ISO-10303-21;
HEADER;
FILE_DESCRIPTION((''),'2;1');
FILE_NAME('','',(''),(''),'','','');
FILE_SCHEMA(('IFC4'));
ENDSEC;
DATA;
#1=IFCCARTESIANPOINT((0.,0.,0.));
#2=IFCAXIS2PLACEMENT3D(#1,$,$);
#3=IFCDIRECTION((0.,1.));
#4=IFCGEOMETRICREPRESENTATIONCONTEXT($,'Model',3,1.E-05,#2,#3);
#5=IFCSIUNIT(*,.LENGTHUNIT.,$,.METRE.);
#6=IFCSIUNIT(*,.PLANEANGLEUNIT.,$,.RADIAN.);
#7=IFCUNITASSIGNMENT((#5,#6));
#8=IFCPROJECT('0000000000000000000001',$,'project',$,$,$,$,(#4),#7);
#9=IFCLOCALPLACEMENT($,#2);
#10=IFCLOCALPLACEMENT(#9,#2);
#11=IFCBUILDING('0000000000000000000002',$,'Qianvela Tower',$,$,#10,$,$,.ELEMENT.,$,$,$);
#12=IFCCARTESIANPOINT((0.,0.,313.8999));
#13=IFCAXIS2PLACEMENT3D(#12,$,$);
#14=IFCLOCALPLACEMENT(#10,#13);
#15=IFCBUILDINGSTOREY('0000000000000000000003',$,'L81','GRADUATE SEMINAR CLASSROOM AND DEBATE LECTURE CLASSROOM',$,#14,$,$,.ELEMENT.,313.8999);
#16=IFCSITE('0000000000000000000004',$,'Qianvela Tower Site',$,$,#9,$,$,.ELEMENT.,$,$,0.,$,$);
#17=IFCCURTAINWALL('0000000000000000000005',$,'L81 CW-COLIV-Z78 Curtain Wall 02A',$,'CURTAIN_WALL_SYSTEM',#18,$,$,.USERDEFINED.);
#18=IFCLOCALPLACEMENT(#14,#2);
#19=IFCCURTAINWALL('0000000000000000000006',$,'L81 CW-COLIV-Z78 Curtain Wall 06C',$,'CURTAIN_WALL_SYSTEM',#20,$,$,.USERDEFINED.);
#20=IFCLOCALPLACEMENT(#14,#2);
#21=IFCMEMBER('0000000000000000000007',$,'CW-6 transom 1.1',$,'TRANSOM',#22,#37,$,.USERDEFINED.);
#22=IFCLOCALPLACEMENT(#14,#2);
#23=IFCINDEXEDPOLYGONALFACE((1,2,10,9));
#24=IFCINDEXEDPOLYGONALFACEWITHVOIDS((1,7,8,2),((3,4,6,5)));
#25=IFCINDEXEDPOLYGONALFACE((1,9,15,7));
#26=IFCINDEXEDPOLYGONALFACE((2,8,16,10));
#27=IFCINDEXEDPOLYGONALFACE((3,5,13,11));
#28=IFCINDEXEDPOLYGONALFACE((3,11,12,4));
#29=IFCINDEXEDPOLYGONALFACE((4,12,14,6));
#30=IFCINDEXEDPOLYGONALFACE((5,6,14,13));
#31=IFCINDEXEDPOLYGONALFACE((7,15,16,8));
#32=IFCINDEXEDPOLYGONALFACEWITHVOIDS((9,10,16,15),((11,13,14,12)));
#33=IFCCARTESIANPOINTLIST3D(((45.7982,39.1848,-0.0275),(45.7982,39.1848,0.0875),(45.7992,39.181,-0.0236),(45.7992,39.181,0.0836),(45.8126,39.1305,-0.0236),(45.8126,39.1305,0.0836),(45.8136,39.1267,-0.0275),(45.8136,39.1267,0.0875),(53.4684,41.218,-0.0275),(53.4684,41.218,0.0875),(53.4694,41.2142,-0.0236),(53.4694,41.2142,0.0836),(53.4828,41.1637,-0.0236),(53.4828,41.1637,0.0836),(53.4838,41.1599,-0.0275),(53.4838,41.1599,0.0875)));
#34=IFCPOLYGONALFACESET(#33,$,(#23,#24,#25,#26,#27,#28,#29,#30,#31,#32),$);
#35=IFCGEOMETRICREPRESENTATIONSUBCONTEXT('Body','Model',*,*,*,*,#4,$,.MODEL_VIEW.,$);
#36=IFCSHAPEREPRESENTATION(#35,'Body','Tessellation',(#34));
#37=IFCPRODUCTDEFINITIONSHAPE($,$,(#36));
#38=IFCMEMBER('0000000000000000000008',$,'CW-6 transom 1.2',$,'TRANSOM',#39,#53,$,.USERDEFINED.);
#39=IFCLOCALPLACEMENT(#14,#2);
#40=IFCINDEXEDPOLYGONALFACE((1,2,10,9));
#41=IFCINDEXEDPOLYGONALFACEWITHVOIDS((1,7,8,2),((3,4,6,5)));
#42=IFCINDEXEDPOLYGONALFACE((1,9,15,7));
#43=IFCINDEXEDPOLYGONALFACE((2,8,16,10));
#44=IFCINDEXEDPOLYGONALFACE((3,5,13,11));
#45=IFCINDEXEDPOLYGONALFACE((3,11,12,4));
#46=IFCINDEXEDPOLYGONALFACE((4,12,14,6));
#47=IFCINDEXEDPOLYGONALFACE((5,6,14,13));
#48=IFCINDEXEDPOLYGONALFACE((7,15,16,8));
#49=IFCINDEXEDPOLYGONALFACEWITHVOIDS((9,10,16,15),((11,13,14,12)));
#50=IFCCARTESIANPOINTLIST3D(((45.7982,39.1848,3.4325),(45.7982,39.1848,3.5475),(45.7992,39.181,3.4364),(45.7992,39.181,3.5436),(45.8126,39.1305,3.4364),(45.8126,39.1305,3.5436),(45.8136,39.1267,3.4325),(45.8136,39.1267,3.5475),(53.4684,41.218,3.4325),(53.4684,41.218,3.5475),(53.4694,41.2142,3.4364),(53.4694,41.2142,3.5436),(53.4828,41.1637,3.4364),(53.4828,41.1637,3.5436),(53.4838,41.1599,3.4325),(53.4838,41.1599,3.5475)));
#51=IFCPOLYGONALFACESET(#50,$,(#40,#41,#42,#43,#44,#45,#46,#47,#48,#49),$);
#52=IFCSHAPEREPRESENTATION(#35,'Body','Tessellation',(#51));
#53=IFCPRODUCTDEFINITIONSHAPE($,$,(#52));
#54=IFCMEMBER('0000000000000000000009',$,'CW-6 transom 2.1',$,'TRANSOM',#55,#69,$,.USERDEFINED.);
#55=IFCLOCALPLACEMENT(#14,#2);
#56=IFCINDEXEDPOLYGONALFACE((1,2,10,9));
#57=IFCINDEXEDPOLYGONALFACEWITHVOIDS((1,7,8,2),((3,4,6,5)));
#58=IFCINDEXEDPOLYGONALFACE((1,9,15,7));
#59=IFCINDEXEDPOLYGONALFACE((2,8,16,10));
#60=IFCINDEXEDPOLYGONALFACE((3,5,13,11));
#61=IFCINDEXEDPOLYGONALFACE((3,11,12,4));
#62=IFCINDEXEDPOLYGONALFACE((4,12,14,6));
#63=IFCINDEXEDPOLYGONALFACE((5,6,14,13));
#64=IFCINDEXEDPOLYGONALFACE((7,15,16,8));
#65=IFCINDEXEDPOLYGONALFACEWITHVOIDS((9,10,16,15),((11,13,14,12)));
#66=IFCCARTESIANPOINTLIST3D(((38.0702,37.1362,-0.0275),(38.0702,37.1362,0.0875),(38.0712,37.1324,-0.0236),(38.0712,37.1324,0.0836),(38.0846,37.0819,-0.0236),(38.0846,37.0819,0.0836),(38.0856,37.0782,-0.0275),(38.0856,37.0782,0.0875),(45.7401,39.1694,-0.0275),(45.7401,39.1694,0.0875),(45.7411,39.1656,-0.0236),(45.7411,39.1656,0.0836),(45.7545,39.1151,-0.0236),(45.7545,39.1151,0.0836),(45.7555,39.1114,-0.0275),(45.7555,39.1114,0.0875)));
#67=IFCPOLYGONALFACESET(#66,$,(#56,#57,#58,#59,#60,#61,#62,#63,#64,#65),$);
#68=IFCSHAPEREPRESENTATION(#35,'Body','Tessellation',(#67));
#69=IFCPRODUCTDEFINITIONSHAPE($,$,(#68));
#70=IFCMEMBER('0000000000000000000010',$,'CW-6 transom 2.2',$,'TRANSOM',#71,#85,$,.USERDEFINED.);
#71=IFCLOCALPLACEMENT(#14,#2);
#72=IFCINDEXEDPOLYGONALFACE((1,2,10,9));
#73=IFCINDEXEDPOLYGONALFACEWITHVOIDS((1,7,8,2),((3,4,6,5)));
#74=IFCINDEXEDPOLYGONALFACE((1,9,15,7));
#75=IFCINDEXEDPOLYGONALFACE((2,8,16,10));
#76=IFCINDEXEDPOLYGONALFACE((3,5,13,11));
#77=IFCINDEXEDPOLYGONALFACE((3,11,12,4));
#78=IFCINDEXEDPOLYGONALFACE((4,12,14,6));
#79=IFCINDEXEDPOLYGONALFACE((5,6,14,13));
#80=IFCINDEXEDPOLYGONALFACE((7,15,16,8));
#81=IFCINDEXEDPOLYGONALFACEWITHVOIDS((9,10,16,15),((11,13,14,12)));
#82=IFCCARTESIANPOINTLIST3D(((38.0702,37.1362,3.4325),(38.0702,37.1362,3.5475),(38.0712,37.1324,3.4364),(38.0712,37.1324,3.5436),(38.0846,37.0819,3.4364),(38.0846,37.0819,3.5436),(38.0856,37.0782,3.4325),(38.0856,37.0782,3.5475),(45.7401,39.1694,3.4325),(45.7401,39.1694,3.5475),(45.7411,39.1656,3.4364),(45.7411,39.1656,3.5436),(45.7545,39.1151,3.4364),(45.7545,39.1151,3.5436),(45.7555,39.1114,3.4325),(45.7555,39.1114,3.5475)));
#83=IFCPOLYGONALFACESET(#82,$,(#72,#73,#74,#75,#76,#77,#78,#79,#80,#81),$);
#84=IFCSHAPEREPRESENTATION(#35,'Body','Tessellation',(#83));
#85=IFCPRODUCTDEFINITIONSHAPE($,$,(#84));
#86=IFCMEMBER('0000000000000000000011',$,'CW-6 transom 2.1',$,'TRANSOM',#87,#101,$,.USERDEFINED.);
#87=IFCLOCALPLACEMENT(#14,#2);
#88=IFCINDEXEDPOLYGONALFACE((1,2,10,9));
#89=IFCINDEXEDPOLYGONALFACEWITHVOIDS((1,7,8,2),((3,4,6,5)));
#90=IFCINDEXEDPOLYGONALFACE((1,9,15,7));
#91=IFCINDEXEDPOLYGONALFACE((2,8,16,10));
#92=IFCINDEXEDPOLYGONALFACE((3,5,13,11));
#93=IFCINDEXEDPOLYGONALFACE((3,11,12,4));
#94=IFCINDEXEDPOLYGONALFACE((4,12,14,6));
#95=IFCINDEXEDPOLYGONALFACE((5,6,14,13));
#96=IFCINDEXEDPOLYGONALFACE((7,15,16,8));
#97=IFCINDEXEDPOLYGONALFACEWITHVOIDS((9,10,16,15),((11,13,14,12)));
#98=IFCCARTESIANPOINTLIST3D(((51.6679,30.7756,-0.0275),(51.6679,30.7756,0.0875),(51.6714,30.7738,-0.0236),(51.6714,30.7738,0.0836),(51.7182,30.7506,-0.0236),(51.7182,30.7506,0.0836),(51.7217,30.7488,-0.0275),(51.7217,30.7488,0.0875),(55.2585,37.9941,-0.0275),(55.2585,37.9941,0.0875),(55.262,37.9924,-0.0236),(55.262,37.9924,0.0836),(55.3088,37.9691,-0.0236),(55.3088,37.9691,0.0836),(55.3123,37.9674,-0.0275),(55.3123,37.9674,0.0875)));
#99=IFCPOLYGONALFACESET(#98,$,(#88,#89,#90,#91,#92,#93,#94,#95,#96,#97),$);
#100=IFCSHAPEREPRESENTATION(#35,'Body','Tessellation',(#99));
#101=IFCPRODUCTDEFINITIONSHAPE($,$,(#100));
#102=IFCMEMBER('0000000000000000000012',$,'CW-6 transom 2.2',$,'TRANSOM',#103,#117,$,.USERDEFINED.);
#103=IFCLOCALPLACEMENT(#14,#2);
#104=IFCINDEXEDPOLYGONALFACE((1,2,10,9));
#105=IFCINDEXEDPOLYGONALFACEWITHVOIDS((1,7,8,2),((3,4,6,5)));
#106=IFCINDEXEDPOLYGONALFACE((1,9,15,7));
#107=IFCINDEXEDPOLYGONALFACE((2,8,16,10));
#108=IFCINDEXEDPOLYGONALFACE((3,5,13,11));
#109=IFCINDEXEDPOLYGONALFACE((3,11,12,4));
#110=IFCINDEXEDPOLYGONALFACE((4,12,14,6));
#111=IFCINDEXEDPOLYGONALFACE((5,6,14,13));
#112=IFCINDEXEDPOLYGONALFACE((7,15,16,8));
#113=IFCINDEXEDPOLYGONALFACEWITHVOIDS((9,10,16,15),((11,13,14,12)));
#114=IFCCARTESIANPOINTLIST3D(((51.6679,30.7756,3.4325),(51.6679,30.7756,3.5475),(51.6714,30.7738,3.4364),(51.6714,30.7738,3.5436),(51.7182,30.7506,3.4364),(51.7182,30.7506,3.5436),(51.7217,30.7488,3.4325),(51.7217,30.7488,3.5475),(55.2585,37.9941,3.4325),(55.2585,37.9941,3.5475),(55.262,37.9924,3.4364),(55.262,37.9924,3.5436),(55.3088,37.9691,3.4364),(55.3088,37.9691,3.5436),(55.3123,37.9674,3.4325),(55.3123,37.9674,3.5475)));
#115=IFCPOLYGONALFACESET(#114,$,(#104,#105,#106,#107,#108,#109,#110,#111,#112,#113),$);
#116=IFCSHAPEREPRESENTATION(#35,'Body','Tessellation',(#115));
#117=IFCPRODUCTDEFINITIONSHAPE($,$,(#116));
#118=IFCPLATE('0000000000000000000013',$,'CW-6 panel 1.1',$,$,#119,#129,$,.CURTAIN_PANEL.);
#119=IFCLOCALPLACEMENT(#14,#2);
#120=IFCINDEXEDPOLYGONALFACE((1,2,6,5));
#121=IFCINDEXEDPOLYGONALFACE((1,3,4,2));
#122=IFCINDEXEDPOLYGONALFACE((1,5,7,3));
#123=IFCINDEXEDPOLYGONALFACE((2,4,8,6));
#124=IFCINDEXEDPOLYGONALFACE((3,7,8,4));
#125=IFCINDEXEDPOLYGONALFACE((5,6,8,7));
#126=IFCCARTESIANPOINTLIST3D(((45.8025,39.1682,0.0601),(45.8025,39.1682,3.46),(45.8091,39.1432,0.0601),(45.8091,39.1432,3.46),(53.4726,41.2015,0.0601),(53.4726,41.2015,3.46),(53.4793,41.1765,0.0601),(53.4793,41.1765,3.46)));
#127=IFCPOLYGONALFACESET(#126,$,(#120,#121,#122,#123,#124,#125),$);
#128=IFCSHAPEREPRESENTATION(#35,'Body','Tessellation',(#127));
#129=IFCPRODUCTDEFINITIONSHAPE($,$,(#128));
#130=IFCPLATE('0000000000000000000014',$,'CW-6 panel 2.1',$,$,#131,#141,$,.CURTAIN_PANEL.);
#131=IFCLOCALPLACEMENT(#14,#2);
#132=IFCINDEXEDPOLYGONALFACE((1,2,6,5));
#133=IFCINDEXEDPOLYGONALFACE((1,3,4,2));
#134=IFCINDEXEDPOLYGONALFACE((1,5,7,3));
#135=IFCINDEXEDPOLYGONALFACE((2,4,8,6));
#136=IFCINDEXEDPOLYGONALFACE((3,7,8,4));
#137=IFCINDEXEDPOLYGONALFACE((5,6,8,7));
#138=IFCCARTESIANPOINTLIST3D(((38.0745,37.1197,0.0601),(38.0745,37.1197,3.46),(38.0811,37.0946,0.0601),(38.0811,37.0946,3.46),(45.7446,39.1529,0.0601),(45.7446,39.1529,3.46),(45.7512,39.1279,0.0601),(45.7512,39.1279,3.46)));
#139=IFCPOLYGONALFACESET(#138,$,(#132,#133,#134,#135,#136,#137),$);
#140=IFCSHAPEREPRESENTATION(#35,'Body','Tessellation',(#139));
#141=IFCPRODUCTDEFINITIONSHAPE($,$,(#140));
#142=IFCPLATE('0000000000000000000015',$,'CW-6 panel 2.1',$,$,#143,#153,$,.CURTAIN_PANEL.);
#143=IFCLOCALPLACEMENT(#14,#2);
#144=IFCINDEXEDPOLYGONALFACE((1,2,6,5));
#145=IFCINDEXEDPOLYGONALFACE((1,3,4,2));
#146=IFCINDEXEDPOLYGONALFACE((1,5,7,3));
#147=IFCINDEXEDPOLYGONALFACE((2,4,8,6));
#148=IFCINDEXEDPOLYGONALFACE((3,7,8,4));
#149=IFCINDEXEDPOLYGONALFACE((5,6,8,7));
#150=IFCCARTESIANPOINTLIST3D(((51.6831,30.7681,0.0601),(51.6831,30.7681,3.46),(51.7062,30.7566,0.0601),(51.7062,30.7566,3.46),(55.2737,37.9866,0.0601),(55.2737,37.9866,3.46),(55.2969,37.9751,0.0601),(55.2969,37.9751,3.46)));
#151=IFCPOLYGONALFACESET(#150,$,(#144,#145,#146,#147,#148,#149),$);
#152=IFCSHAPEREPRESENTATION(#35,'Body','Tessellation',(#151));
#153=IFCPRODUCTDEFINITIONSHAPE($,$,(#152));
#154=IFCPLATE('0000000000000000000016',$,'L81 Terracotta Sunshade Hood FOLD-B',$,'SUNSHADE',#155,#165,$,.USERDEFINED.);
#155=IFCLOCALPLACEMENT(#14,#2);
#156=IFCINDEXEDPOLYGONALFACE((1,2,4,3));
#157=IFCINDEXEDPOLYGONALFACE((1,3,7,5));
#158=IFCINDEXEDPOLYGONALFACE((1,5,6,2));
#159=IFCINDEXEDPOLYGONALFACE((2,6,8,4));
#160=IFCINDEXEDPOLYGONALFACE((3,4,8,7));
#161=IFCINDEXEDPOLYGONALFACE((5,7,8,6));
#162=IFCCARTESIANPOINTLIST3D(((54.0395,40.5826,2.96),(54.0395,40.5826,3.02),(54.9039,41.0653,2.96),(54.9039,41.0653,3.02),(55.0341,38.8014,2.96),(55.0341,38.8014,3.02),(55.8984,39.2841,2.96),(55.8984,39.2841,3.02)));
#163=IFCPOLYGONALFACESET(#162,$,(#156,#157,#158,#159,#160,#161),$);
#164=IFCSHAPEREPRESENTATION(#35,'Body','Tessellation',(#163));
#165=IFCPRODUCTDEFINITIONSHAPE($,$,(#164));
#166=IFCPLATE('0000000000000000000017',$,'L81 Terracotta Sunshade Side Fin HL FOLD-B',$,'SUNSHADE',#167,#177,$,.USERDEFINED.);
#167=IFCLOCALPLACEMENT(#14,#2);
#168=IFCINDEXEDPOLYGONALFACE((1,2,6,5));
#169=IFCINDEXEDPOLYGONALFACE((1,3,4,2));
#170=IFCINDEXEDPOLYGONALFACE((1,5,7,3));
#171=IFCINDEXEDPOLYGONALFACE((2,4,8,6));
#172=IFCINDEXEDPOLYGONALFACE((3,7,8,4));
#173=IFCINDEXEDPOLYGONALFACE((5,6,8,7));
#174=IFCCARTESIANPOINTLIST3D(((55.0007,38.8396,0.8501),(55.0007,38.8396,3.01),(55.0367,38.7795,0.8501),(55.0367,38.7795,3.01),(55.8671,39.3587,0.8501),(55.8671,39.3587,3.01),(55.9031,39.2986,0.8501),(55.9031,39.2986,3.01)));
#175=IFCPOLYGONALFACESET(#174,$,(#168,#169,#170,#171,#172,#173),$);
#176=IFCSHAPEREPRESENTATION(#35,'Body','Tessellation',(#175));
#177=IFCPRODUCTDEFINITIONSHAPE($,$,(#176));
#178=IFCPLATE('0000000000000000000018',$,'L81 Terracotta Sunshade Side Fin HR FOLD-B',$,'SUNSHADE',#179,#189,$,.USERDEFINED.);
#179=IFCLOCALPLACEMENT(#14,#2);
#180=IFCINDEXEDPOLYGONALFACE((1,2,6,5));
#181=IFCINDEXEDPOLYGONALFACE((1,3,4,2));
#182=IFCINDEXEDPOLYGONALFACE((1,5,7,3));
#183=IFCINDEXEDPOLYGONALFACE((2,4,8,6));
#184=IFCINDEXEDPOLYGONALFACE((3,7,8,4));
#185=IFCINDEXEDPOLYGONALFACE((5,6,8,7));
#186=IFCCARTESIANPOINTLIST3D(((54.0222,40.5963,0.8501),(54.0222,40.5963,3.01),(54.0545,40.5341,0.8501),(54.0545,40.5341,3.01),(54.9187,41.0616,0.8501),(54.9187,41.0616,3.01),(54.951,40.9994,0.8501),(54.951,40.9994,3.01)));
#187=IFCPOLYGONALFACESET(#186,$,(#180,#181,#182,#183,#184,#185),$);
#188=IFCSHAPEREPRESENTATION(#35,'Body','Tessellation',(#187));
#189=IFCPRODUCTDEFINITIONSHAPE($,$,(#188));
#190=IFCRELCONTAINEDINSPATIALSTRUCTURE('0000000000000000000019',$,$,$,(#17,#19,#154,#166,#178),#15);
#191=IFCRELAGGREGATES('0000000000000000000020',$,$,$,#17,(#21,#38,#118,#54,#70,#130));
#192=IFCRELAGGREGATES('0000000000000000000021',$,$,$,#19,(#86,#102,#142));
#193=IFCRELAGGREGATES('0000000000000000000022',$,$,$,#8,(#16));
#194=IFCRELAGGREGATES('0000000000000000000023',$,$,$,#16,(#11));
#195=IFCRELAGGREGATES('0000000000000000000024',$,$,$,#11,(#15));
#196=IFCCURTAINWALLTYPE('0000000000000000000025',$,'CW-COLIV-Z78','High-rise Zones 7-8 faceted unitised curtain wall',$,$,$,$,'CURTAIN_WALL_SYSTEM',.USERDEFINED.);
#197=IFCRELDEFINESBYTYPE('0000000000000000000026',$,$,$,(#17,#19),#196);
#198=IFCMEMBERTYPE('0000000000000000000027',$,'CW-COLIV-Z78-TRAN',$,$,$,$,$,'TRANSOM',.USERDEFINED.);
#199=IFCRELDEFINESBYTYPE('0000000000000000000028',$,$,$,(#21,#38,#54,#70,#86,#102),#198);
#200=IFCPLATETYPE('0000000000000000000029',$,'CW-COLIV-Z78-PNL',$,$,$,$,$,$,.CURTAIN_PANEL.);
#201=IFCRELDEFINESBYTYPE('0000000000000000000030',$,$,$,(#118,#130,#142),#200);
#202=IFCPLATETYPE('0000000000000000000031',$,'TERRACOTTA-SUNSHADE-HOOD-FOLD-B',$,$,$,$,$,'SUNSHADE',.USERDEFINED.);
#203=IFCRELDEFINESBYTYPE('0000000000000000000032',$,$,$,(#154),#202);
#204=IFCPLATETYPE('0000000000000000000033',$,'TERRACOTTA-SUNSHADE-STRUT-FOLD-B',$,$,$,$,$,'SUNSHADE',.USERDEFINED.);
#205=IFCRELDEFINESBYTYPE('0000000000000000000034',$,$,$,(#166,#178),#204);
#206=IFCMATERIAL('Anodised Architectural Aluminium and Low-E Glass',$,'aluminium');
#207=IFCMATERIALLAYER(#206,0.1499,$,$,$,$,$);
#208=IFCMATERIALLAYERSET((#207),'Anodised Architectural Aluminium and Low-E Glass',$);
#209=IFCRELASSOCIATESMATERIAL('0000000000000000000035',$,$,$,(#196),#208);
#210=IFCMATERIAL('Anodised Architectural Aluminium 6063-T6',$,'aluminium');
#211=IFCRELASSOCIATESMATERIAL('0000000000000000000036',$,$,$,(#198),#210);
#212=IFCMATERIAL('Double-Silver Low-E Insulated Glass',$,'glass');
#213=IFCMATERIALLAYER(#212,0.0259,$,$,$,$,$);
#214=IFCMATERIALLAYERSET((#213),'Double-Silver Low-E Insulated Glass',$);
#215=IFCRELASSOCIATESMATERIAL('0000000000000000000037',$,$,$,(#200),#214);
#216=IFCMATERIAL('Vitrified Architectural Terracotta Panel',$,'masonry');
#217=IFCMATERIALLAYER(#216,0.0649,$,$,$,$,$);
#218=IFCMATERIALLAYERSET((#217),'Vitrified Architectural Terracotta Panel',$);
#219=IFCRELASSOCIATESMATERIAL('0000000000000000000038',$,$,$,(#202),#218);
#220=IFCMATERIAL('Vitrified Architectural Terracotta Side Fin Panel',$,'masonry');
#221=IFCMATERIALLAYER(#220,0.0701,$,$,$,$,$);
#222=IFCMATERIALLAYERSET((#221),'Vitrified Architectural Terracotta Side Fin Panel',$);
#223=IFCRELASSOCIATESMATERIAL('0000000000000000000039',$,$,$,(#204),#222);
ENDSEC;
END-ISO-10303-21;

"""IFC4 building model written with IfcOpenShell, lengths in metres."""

from ifc_helpers import new_model, si_unit, direction, frame, origin, origin_2d, place, context, subcontext, project, spatial, rectangle, hollow_rectangle, extrude, material, layer, layer_set, material_profile, profile_set, type_object, element, aggregate, save


model = new_model("IFC4")

# Units and contexts
model_context = context("Model", 3, precision=1e-05, world=origin(), true_north=direction((0.0, 1.0)))
body_context = subcontext(model_context, "Body", "Model", "MODEL_VIEW")
ifc_project = project(units=[si_unit("LENGTHUNIT", "METRE"), si_unit("PLANEANGLEUNIT", "RADIAN")], contexts=[model_context])

# Site, building, storey
site_placement = place(None, origin())
site = spatial("IfcSite", under=ifc_project, at=site_placement, Name="Qianvela Tower Site", CompositionType="ELEMENT", RefElevation=0.0)
building_placement = place(site_placement, origin())
building = spatial("IfcBuilding", under=site, at=building_placement, Name="Qianvela Tower", CompositionType="ELEMENT")
storey_placement = place(building_placement, frame((0.0, 0.0, 313.8999)))
storey = spatial("IfcBuildingStorey", under=building, at=storey_placement, Name="L81", Description="GRADUATE SEMINAR CLASSROOM AND DEBATE LECTURE CLASSROOM", CompositionType="ELEMENT", Elevation=313.8999)

# Curtain walls
ifc_material_1 = material(Name="Anodised Architectural Aluminium and Low-E Glass", Category="aluminium")
ifc_layer_1 = layer(ifc_material_1, 0.1499)
ifc_layer_set_1 = layer_set([ifc_layer_1], Name="Anodised Architectural Aluminium and Low-E Glass")
curtain_wall_type = type_object("IfcCurtainWallType", Name="CW-COLIV-Z78", Description="High-rise Zones 7-8 faceted unitised curtain wall", ElementType="CURTAIN_WALL_SYSTEM", PredefinedType="USERDEFINED", material=ifc_layer_set_1)
curtain_wall_1_placement = place(storey_placement, origin())
curtain_wall_1 = element("IfcCurtainWall", 1, at=curtain_wall_1_placement, inside=storey, type_object=curtain_wall_type, Name="L81 CW-COLIV-Z78 Curtain Wall 02A", ObjectType="CURTAIN_WALL_SYSTEM", PredefinedType="USERDEFINED")
curtain_wall_2_placement = place(storey_placement, origin())
curtain_wall_2 = element("IfcCurtainWall", 2, at=curtain_wall_2_placement, inside=storey, type_object=curtain_wall_type, Name="L81 CW-COLIV-Z78 Curtain Wall 06C", ObjectType="CURTAIN_WALL_SYSTEM", PredefinedType="USERDEFINED")

# Members
ifc_material_2 = material(Name="Anodised Architectural Aluminium 6063-T6", Category="aluminium")
ifc_material_profile_1 = material_profile(ifc_material_2, hollow_rectangle(XDim=0.0601, YDim=0.115, WallThickness=0.0039, at=origin_2d()), Name="ALU-TRAN-60x115")
ifc_profile_set_1 = profile_set([ifc_material_profile_1], Name="Anodised Architectural Aluminium 6063-T6")
member_type_1 = type_object("IfcMemberType", Name="CW-COLIV-Z78-TRAN", ElementType="TRANSOM", PredefinedType="USERDEFINED", material=ifc_profile_set_1)
member_1_placement = place(storey_placement, frame((53.4761, 41.189, 0.03), z_axis=(-0.966616, -0.25623, 0.0), x_axis=(0.25623, -0.966616, 0.0)))
member_1 = element("IfcMember", 3, at=member_1_placement, type_object=member_type_1, Name="CW-6 transom 1.1", ObjectType="TRANSOM", PredefinedType="USERDEFINED", context=body_context, shape_type="SweptSolid", body=[
    extrude(hollow_rectangle(XDim=0.0601, YDim=0.115, WallThickness=0.0039, at=origin_2d()), origin(), (0.0, 0.0, 1.0), 7.9351),
])
member_2_placement = place(storey_placement, frame((53.4761, 41.189, 3.49), z_axis=(-0.966616, -0.25623, 0.0), x_axis=(0.25623, -0.966616, 0.0)))
member_2 = element("IfcMember", 4, at=member_2_placement, type_object=member_type_1, Name="CW-6 transom 1.2", ObjectType="TRANSOM", PredefinedType="USERDEFINED", context=body_context, shape_type="SweptSolid", body=[
    extrude(hollow_rectangle(XDim=0.0601, YDim=0.115, WallThickness=0.0039, at=origin_2d()), origin(), (0.0, 0.0, 1.0), 7.9351),
])
member_3_placement = place(storey_placement, frame((45.7478, 39.1404, 0.03), z_axis=(-0.966614, -0.256238, 0.0), x_axis=(0.256238, -0.966614, 0.0)))
member_3 = element("IfcMember", 5, at=member_3_placement, type_object=member_type_1, Name="CW-6 transom 2.1", ObjectType="TRANSOM", PredefinedType="USERDEFINED", context=body_context, shape_type="SweptSolid", body=[
    extrude(hollow_rectangle(XDim=0.0601, YDim=0.115, WallThickness=0.0039, at=origin_2d()), origin(), (0.0, 0.0, 1.0), 7.9348),
])
member_4_placement = place(storey_placement, frame((45.7478, 39.1404, 3.49), z_axis=(-0.966614, -0.256238, 0.0), x_axis=(0.256238, -0.966614, 0.0)))
member_4 = element("IfcMember", 6, at=member_4_placement, type_object=member_type_1, Name="CW-6 transom 2.2", ObjectType="TRANSOM", PredefinedType="USERDEFINED", context=body_context, shape_type="SweptSolid", body=[
    extrude(hollow_rectangle(XDim=0.0601, YDim=0.115, WallThickness=0.0039, at=origin_2d()), origin(), (0.0, 0.0, 1.0), 7.9348),
])
member_5_placement = place(storey_placement, frame((51.6948, 30.7622, 0.03), z_axis=(0.445359, 0.895352, 0.0), x_axis=(-0.895352, 0.445359, 0.0)))
member_5 = element("IfcMember", 7, at=member_5_placement, type_object=member_type_1, Name="CW-6 transom 2.1", ObjectType="TRANSOM", PredefinedType="USERDEFINED", context=body_context, shape_type="SweptSolid", body=[
    extrude(hollow_rectangle(XDim=0.0601, YDim=0.115, WallThickness=0.0039, at=origin_2d()), origin(), (0.0, 0.0, 1.0), 8.0623),
])
member_6_placement = place(storey_placement, frame((51.6948, 30.7622, 3.49), z_axis=(0.445359, 0.895352, 0.0), x_axis=(-0.895352, 0.445359, 0.0)))
member_6 = element("IfcMember", 8, at=member_6_placement, type_object=member_type_1, Name="CW-6 transom 2.2", ObjectType="TRANSOM", PredefinedType="USERDEFINED", context=body_context, shape_type="SweptSolid", body=[
    extrude(hollow_rectangle(XDim=0.0601, YDim=0.115, WallThickness=0.0039, at=origin_2d()), origin(), (0.0, 0.0, 1.0), 8.0623),
])

# Plates
ifc_material_3 = material(Name="Double-Silver Low-E Insulated Glass", Category="glass")
ifc_layer_2 = layer(ifc_material_3, 0.0259)
ifc_layer_set_2 = layer_set([ifc_layer_2], Name="Double-Silver Low-E Insulated Glass")
plate_type_1 = type_object("IfcPlateType", Name="CW-COLIV-Z78-PNL", PredefinedType="CURTAIN_PANEL", material=ifc_layer_set_2)
plate_1_placement = place(storey_placement, frame((49.6409, 40.1724, 0.0601), z_axis=(0.0, 0.0, 1.0), x_axis=(-0.966614, -0.256236, 0.0)))
plate_1 = element("IfcPlate", 9, at=plate_1_placement, type_object=plate_type_1, Name="CW-6 panel 1.1", PredefinedType="CURTAIN_PANEL", context=body_context, shape_type="SweptSolid", body=[
    extrude(rectangle(XDim=7.9351, YDim=0.0259, at=origin_2d()), origin(), (0.0, 0.0, 1.0), 3.3999),
])
plate_2_placement = place(storey_placement, frame((41.9128, 38.1238, 0.0601), z_axis=(0.0, 0.0, 1.0), x_axis=(-0.966614, -0.256236, 0.0)))
plate_2 = element("IfcPlate", 10, at=plate_2_placement, type_object=plate_type_1, Name="CW-6 panel 2.1", PredefinedType="CURTAIN_PANEL", context=body_context, shape_type="SweptSolid", body=[
    extrude(rectangle(XDim=7.9351, YDim=0.0259, at=origin_2d()), origin(), (0.0, 0.0, 1.0), 3.3999),
])
aggregate(curtain_wall_1, [member_1, member_2, plate_1, member_3, member_4, plate_2])
plate_3_placement = place(storey_placement, frame((53.49, 34.3716, 0.0601), z_axis=(0.0, 0.0, 1.0), x_axis=(0.445368, 0.895348, 0.0)))
plate_3 = element("IfcPlate", 11, at=plate_3_placement, type_object=plate_type_1, Name="CW-6 panel 2.1", PredefinedType="CURTAIN_PANEL", context=body_context, shape_type="SweptSolid", body=[
    extrude(rectangle(XDim=8.0623, YDim=0.0259, at=origin_2d()), origin(), (0.0, 0.0, 1.0), 3.3999),
])
aggregate(curtain_wall_2, [member_5, member_6, plate_3])

# Plates
ifc_material_4 = material(Name="Vitrified Architectural Terracotta Panel", Category="masonry")
ifc_layer_3 = layer(ifc_material_4, 0.0649)
ifc_layer_set_3 = layer_set([ifc_layer_3], Name="Vitrified Architectural Terracotta Panel")
plate_type_2 = type_object("IfcPlateType", Name="TERRACOTTA-SUNSHADE-HOOD-FOLD-B", ElementType="SUNSHADE", PredefinedType="USERDEFINED", material=ifc_layer_set_3)
plate_4_placement = place(storey_placement, frame((54.969, 39.9333, 2.96), z_axis=(0.0, 0.0, 1.0), x_axis=(-0.487506, 0.87312, 0.0)))
element("IfcPlate", 12, at=plate_4_placement, inside=storey, type_object=plate_type_2, Name="L81 Terracotta Sunshade Hood FOLD-B", ObjectType="SUNSHADE", PredefinedType="USERDEFINED", context=body_context, shape_type="SweptSolid", body=[
    extrude(rectangle(XDim=2.04, YDim=0.99, at=origin_2d()), origin(), (0.0, 0.0, 1.0), 0.0601),
])
ifc_material_5 = material(Name="Vitrified Architectural Terracotta Side Fin Panel", Category="masonry")
ifc_layer_4 = layer(ifc_material_5, 0.0701)
ifc_layer_set_4 = layer_set([ifc_layer_4], Name="Vitrified Architectural Terracotta Side Fin Panel")
plate_type_3 = type_object("IfcPlateType", Name="TERRACOTTA-SUNSHADE-STRUT-FOLD-B", ElementType="SUNSHADE", PredefinedType="USERDEFINED", material=ifc_layer_set_4)
for number, where, z_axis, x_axis, name in (
    (13, (55.4519, 39.0691, 0.8501), (0.0, 0.0, 1.0), (-0.513943, 0.857825, 0.0), "L81 Terracotta Sunshade Side Fin HL FOLD-B"),
    (14, (54.4866, 40.7979, 0.8501), (0.0, 0.0, 1.0), (-0.460615, 0.8876, 0.0), "L81 Terracotta Sunshade Side Fin HR FOLD-B"),
):
    element("IfcPlate", number, at=place(storey_placement, frame(where, z_axis=z_axis, x_axis=x_axis)), inside=storey, type_object=plate_type_3, Name=name, ObjectType="SUNSHADE", PredefinedType="USERDEFINED", context=body_context, shape_type="SweptSolid", body=[
        extrude(rectangle(XDim=0.0701, YDim=1.01, at=origin_2d()), origin(), (0.0, 0.0, 1.0), 2.1599),
    ])

save(model, "model.ifc")
